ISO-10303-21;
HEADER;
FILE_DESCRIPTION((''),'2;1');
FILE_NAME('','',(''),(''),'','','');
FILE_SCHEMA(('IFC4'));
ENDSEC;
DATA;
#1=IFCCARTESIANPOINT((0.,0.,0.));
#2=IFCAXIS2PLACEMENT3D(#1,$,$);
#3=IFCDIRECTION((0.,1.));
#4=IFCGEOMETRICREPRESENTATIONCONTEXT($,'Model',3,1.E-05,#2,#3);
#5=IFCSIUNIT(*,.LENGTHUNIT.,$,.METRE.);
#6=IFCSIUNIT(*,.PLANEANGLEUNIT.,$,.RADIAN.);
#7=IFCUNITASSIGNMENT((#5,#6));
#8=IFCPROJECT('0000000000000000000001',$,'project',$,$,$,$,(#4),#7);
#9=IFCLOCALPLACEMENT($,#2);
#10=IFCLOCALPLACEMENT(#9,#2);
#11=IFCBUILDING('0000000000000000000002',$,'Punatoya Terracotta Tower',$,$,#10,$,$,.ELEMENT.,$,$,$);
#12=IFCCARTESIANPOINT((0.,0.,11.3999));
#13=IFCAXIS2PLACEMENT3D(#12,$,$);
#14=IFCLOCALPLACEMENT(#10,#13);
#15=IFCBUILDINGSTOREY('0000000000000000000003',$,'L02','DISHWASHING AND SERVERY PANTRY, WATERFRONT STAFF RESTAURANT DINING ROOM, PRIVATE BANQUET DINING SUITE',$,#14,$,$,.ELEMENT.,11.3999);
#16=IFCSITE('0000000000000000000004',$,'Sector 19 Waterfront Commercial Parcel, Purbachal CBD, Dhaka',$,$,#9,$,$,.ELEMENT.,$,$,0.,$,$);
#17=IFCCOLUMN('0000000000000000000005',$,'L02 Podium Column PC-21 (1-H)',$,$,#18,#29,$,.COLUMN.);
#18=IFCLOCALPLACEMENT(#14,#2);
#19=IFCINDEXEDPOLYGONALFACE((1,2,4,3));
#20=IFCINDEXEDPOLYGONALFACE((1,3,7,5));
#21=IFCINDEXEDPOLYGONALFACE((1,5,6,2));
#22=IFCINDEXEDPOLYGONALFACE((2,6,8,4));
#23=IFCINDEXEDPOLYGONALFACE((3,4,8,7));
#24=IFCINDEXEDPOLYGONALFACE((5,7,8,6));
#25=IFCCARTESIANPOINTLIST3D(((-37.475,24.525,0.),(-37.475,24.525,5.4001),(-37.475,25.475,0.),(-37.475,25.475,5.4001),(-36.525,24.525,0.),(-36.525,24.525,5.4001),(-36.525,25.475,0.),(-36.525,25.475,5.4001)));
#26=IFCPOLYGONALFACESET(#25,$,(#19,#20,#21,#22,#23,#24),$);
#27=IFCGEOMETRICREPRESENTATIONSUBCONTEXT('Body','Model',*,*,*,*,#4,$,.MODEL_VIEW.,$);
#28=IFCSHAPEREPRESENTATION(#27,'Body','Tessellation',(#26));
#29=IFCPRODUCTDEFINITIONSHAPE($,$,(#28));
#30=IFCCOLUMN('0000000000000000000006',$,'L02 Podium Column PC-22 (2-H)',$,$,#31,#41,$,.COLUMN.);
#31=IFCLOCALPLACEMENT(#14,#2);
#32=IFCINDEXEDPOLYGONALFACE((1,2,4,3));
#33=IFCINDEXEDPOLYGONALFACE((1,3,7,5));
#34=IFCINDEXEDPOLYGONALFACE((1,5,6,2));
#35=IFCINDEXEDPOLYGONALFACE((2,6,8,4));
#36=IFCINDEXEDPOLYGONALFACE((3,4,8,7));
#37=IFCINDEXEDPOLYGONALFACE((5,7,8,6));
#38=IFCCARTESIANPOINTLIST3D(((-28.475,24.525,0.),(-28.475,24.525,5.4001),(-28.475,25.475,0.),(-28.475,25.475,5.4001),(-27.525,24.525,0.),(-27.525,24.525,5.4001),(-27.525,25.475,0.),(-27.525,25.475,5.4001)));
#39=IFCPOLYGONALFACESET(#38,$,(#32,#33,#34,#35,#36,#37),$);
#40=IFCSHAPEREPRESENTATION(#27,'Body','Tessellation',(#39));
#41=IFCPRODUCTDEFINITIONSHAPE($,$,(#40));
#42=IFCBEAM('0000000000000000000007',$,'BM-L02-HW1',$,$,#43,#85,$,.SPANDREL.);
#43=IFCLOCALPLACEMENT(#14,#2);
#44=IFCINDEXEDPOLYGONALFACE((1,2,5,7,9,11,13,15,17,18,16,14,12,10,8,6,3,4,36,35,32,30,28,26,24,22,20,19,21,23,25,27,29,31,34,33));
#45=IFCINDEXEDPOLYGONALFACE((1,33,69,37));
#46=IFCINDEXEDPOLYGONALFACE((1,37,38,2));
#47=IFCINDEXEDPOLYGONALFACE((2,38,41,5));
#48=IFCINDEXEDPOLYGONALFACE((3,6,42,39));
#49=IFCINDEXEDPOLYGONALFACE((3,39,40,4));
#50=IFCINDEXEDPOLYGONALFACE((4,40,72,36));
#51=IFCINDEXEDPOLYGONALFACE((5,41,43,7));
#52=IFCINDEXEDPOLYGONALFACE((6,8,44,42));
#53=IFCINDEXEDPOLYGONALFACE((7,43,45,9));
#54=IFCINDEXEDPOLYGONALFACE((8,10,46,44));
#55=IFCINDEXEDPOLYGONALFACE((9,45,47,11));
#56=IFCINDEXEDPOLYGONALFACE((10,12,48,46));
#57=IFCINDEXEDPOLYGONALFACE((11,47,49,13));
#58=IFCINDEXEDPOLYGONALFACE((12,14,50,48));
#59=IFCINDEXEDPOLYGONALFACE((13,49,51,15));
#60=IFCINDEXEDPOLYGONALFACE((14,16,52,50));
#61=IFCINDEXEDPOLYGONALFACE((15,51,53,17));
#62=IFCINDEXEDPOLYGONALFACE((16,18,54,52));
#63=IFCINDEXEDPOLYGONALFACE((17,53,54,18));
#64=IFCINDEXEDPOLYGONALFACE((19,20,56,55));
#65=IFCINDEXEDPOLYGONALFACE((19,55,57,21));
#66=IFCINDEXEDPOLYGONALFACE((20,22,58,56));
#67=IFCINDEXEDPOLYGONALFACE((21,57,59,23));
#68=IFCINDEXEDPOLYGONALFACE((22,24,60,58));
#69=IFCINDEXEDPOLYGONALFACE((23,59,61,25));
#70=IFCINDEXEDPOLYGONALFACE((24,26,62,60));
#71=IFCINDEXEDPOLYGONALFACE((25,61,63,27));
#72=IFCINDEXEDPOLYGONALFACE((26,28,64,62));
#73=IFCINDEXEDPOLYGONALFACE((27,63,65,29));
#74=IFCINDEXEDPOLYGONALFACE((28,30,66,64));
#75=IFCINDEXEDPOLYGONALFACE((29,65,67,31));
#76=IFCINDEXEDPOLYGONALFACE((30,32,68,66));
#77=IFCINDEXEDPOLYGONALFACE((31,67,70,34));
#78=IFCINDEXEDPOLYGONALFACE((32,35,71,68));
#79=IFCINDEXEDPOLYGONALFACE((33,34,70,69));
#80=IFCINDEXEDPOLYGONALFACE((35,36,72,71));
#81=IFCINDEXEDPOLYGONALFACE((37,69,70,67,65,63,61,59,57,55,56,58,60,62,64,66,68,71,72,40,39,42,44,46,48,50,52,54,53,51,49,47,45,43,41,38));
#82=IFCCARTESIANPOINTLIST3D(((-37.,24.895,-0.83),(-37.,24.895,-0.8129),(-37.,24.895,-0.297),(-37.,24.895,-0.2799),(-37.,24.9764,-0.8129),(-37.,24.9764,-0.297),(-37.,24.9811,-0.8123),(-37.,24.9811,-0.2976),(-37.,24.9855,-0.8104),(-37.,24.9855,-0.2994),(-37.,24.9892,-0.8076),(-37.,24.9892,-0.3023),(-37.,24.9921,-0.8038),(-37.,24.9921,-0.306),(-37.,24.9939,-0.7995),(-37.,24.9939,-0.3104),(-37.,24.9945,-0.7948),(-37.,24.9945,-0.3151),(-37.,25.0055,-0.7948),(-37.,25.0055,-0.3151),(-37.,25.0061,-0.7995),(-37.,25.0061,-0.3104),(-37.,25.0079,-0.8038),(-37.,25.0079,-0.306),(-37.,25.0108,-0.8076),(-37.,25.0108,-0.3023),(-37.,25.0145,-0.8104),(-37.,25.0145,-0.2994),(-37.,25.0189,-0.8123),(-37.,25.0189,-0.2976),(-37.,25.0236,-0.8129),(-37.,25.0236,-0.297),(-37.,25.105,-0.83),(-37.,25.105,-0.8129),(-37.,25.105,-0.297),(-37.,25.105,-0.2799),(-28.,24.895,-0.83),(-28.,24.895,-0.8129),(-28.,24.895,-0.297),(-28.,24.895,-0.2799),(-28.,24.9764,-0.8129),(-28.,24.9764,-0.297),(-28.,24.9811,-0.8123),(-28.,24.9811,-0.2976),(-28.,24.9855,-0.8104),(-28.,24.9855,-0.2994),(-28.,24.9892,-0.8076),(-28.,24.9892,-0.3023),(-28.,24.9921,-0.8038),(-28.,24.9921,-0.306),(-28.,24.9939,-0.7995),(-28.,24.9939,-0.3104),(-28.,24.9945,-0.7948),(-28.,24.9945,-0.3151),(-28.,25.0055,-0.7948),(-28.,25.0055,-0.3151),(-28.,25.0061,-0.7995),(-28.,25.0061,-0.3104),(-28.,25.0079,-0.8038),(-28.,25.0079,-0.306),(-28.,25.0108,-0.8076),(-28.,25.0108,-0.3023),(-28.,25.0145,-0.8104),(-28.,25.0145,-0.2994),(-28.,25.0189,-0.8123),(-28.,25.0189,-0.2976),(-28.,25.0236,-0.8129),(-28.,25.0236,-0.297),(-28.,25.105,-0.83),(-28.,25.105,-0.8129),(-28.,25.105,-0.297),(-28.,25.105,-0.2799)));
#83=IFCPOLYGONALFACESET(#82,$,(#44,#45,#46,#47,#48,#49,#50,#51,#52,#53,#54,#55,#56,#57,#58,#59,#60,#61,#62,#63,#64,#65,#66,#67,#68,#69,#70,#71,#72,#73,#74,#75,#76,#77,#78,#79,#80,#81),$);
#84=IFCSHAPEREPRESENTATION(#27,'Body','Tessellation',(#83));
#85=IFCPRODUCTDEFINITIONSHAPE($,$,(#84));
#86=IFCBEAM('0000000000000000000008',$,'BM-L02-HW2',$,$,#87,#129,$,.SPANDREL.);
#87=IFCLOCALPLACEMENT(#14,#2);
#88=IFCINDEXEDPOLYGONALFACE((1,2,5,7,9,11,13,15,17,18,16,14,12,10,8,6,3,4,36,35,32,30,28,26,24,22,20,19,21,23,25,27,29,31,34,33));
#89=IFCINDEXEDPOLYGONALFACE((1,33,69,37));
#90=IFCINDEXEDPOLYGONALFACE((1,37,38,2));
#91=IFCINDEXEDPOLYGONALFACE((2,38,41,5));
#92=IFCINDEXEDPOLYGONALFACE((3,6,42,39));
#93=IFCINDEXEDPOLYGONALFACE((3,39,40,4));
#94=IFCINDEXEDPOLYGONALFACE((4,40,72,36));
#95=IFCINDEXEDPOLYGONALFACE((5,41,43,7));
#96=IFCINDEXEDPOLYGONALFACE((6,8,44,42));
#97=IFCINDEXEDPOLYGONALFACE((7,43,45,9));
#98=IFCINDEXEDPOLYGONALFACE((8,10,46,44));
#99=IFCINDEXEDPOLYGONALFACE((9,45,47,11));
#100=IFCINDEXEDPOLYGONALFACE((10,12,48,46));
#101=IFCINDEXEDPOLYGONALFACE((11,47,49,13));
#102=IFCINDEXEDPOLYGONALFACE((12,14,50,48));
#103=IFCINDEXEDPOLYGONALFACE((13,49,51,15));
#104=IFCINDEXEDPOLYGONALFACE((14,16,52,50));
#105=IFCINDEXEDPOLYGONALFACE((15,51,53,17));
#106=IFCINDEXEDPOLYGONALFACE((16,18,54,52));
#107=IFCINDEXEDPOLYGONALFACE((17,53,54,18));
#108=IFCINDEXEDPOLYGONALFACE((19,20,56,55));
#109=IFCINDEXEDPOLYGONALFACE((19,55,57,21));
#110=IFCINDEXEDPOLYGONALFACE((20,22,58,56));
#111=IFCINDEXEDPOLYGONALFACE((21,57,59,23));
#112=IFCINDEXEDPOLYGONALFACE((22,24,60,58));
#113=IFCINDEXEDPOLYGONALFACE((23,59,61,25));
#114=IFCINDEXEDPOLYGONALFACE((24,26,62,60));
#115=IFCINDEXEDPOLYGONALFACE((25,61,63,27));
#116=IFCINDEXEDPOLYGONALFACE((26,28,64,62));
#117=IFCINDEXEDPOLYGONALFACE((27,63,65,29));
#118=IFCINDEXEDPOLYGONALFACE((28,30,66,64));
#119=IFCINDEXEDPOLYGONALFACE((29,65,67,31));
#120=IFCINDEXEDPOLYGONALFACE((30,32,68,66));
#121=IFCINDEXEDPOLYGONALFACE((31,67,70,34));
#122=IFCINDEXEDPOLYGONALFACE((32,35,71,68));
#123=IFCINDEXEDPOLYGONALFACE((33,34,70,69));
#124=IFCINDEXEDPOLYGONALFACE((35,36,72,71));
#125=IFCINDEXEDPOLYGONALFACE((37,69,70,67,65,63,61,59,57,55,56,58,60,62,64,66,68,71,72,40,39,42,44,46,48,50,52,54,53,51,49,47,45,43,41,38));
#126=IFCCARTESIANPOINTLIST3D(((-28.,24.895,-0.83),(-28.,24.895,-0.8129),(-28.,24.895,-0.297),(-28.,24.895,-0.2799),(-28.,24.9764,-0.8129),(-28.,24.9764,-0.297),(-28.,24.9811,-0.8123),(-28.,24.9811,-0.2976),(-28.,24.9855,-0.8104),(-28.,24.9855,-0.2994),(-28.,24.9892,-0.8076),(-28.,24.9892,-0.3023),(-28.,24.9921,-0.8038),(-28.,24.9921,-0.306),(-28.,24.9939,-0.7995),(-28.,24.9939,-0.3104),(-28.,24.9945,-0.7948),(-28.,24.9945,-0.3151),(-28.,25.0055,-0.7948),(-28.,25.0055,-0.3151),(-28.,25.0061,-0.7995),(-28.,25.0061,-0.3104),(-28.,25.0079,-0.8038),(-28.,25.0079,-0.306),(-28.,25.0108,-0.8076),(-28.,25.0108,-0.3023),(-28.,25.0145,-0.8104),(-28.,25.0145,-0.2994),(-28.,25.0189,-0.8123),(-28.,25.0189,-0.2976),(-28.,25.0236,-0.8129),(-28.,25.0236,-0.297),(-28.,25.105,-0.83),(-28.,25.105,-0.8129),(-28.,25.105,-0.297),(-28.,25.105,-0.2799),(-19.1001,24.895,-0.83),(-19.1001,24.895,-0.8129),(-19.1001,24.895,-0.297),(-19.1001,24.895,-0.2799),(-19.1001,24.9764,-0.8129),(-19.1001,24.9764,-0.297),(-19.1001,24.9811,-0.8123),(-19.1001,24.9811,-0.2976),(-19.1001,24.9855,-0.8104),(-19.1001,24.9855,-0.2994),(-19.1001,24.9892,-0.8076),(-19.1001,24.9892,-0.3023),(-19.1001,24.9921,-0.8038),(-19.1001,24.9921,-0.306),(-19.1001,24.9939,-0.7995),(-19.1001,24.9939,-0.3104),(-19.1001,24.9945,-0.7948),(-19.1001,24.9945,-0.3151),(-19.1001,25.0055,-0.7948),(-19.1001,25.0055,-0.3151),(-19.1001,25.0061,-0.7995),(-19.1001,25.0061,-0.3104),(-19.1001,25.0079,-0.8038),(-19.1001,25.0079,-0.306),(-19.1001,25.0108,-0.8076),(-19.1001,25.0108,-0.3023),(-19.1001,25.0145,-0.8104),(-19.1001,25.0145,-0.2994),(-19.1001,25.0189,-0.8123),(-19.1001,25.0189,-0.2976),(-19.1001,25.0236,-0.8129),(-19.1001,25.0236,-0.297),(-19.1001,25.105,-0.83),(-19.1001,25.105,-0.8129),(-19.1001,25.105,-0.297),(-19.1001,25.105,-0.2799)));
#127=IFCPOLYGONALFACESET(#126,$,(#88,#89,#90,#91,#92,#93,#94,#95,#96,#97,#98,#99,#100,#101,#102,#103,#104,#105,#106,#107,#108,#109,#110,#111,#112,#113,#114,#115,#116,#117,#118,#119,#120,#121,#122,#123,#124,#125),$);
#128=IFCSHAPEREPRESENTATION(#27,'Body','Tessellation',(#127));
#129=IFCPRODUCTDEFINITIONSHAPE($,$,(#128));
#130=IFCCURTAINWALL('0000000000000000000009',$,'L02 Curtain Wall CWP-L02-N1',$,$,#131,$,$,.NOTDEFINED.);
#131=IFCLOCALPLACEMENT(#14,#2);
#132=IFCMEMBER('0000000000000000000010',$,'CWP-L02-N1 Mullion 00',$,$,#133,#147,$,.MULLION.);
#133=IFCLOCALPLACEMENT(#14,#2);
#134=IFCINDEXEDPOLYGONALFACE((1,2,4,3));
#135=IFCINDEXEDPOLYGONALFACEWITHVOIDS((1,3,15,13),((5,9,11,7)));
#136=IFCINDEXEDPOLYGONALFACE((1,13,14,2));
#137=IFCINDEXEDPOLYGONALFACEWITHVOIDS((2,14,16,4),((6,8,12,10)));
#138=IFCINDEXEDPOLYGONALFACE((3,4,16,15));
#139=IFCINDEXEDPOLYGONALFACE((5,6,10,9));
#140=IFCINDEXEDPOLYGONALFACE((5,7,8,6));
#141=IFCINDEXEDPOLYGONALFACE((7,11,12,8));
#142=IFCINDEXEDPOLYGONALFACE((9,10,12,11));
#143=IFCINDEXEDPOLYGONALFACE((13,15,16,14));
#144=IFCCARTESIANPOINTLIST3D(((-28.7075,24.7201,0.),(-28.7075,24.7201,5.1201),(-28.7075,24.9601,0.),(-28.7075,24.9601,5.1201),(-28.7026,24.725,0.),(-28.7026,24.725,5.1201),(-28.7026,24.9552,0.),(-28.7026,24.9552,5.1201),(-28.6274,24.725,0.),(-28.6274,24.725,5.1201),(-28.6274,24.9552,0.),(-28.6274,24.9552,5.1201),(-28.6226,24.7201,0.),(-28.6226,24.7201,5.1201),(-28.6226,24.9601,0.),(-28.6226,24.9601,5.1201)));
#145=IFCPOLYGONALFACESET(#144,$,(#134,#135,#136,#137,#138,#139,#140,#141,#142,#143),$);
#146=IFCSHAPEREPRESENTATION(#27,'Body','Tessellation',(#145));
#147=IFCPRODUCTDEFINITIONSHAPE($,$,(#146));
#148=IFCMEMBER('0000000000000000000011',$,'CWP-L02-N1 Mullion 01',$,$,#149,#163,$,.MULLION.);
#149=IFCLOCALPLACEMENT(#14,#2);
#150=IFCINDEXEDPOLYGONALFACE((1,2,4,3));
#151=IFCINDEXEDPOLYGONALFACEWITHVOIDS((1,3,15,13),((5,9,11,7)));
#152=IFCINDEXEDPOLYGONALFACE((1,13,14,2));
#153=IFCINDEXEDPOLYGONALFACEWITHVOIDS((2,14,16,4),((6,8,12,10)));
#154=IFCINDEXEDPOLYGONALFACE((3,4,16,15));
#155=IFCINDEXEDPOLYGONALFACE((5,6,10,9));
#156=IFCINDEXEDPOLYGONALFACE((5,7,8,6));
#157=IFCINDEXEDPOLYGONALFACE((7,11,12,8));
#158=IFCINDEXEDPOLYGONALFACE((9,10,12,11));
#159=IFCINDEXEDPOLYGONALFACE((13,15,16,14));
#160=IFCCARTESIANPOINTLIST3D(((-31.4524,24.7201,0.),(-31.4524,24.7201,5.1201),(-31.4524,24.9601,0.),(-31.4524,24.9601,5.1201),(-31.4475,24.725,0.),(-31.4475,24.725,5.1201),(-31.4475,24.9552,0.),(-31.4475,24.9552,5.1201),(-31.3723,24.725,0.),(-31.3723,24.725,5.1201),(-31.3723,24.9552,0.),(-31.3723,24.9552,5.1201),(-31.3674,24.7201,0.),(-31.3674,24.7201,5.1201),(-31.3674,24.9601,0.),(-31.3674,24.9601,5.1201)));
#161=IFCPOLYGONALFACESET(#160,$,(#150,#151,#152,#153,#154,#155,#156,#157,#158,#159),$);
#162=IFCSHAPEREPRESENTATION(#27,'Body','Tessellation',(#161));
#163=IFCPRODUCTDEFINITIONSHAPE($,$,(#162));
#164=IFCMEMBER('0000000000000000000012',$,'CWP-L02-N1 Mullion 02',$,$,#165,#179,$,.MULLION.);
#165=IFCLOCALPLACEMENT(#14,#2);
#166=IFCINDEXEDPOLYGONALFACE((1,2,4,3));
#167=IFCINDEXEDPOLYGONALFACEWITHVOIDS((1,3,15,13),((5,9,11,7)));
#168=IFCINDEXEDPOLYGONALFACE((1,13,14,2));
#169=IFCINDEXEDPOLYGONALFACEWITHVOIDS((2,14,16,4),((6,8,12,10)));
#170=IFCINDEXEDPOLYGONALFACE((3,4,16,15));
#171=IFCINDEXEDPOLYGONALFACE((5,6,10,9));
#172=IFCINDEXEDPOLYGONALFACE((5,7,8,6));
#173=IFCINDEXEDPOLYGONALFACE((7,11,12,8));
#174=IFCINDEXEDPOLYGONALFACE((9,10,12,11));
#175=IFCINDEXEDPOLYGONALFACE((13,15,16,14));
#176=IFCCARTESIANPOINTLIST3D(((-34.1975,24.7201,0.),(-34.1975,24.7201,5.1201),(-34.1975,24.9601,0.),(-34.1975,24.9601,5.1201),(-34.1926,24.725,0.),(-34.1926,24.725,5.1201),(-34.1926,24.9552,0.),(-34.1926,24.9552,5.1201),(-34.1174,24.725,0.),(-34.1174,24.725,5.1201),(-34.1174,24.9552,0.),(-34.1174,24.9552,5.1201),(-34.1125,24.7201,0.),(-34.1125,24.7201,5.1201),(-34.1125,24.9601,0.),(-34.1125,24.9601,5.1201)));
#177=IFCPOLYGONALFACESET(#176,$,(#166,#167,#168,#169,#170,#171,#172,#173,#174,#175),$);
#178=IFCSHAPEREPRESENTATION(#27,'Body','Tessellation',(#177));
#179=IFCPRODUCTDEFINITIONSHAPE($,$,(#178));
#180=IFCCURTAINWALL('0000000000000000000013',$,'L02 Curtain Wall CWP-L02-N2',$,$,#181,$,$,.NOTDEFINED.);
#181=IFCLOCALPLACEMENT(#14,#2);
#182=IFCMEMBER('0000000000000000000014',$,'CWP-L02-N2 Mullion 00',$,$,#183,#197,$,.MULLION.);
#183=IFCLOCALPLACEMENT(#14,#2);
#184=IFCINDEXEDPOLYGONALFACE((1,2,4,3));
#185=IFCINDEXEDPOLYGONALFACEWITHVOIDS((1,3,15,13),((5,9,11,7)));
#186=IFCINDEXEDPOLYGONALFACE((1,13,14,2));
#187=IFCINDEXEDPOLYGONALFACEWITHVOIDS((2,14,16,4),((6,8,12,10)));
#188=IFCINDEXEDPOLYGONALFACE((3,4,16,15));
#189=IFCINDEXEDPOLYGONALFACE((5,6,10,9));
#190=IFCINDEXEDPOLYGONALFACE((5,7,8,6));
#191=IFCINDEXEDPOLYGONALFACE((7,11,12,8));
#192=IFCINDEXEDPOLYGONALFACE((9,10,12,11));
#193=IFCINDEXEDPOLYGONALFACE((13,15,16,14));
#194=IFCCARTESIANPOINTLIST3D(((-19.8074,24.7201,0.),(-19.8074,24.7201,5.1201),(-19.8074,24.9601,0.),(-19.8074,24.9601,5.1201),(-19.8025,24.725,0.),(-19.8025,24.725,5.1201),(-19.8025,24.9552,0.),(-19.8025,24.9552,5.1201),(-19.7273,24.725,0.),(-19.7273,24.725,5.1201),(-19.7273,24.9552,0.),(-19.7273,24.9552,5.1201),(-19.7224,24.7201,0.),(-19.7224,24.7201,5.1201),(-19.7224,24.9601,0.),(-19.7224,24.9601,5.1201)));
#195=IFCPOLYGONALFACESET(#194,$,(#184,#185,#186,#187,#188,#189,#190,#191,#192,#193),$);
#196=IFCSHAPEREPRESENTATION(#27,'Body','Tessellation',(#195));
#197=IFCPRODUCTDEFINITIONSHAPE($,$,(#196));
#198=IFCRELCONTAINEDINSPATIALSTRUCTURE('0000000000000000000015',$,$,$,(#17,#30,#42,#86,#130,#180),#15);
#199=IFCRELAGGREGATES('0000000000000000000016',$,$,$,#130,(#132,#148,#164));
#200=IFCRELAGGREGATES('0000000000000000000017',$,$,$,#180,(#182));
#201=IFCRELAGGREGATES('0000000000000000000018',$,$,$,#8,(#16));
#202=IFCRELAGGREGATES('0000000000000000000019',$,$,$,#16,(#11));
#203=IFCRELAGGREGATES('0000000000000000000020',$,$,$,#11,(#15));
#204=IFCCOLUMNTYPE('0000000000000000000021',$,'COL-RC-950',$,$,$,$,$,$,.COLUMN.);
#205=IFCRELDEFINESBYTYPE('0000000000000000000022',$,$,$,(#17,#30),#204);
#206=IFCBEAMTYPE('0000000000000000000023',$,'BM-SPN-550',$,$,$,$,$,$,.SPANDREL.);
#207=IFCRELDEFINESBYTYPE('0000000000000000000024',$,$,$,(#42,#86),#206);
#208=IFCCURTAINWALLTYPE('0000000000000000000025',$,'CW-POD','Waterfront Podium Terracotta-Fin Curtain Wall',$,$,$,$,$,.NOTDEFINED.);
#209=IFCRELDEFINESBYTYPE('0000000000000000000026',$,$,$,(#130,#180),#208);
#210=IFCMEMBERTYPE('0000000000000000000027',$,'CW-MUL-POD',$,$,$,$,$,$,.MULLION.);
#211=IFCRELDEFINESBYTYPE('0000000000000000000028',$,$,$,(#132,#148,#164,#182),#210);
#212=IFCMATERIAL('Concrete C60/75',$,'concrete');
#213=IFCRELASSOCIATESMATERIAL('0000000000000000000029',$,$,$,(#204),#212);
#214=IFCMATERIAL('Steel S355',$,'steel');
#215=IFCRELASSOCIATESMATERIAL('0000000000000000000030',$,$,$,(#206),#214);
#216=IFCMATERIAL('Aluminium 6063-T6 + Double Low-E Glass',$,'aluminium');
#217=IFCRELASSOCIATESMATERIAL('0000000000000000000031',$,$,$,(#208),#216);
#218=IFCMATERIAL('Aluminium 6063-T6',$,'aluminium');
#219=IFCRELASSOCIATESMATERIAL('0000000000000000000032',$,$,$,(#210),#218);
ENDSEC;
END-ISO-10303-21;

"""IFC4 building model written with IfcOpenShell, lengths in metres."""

from ifc_helpers import new_model, si_unit, direction, frame, origin, origin_2d, place, context, subcontext, project, spatial, rectangle, hollow_rectangle, i_section, extrude, material, material_profile, profile_set, type_object, element, aggregate, save


model = new_model("IFC4")

# Units and contexts
model_context = context("Model", 3, precision=1e-05, world=origin(), true_north=direction((0.0, 1.0)))
body_context = subcontext(model_context, "Body", "Model", "MODEL_VIEW")
ifc_project = project(units=[si_unit("LENGTHUNIT", "METRE"), si_unit("PLANEANGLEUNIT", "RADIAN")], contexts=[model_context])

# Site, building, storey
site_placement = place(None, origin())
site = spatial("IfcSite", under=ifc_project, at=site_placement, Name="Sector 19 Waterfront Commercial Parcel, Purbachal CBD, Dhaka", CompositionType="ELEMENT", RefElevation=0.0)
building_placement = place(site_placement, origin())
building = spatial("IfcBuilding", under=site, at=building_placement, Name="Punatoya Terracotta Tower", CompositionType="ELEMENT")
storey_placement = place(building_placement, frame((0.0, 0.0, 11.3999)))
storey = spatial("IfcBuildingStorey", under=building, at=storey_placement, Name="L02", Description="DISHWASHING AND SERVERY PANTRY, WATERFRONT STAFF RESTAURANT DINING ROOM, PRIVATE BANQUET DINING SUITE", CompositionType="ELEMENT", Elevation=11.3999)

# Columns
ifc_material_1 = material(Name="Concrete C60/75", Category="concrete")
ifc_material_profile_1 = material_profile(ifc_material_1, rectangle(XDim=0.95, YDim=0.95, at=origin_2d()))
ifc_profile_set_1 = profile_set([ifc_material_profile_1], Name="Concrete C60/75")
column_type = type_object("IfcColumnType", Name="COL-RC-950", PredefinedType="COLUMN", material=ifc_profile_set_1)
for number, where, z_axis, x_axis, name in (
    (1, (-37.0, 25.0, 0.0), (0.0, 0.0, 1.0), (1.0, 0.0, 0.0), "L02 Podium Column PC-21 (1-H)"),
    (2, (-28.0, 25.0, 0.0), (0.0, 0.0, 1.0), (1.0, 0.0, 0.0), "L02 Podium Column PC-22 (2-H)"),
):
    element("IfcColumn", number, at=place(storey_placement, frame(where, z_axis=z_axis, x_axis=x_axis)), inside=storey, type_object=column_type, Name=name, PredefinedType="COLUMN", context=body_context, shape_type="SweptSolid", body=[
        extrude(rectangle(XDim=0.95, YDim=0.95, at=origin_2d()), origin(), (0.0, 0.0, 1.0), 5.4001),
    ])

# Beams
ifc_material_2 = material(Name="Steel S355", Category="steel")
ifc_material_profile_2 = material_profile(ifc_material_2, i_section(OverallWidth=0.21, OverallDepth=0.55, WebThickness=0.011, FlangeThickness=0.0171, FilletRadius=0.0181, at=origin_2d()))
ifc_profile_set_2 = profile_set([ifc_material_profile_2], Name="Steel S355")
beam_type = type_object("IfcBeamType", Name="BM-SPN-550", PredefinedType="SPANDREL", material=ifc_profile_set_2)
beam_1_placement = place(storey_placement, frame((-37.0, 25.0, -0.5549), z_axis=(1.0, 0.0, 0.0), x_axis=(0.0, 1.0, 0.0)))
element("IfcBeam", 3, at=beam_1_placement, inside=storey, type_object=beam_type, Name="BM-L02-HW1", PredefinedType="SPANDREL", context=body_context, shape_type="SweptSolid", body=[
    extrude(i_section(OverallWidth=0.21, OverallDepth=0.55, WebThickness=0.011, FlangeThickness=0.0171, FilletRadius=0.0181, at=origin_2d()), origin(), (0.0, 0.0, 1.0), 9.0),
])
beam_2_placement = place(storey_placement, frame((-28.0, 25.0, -0.5549), z_axis=(1.0, 0.0, 0.0), x_axis=(0.0, 1.0, 0.0)))
element("IfcBeam", 4, at=beam_2_placement, inside=storey, type_object=beam_type, Name="BM-L02-HW2", PredefinedType="SPANDREL", context=body_context, shape_type="SweptSolid", body=[
    extrude(i_section(OverallWidth=0.21, OverallDepth=0.55, WebThickness=0.011, FlangeThickness=0.0171, FilletRadius=0.0181, at=origin_2d()), origin(), (0.0, 0.0, 1.0), 8.8999),
])

# Curtain walls, members
ifc_material_3 = material(Name="Aluminium 6063-T6 + Double Low-E Glass", Category="aluminium")
curtain_wall_type = type_object("IfcCurtainWallType", Name="CW-POD", Description="Waterfront Podium Terracotta-Fin Curtain Wall", PredefinedType="NOTDEFINED", material=ifc_material_3)
curtain_wall_1_placement = place(storey_placement, origin())
curtain_wall_1 = element("IfcCurtainWall", 5, at=curtain_wall_1_placement, inside=storey, type_object=curtain_wall_type, Name="L02 Curtain Wall CWP-L02-N1", PredefinedType="NOTDEFINED")
ifc_material_4 = material(Name="Aluminium 6063-T6", Category="aluminium")
ifc_material_profile_3 = material_profile(ifc_material_4, hollow_rectangle(XDim=0.085, YDim=0.24, WallThickness=0.0049, at=origin_2d()))
ifc_profile_set_3 = profile_set([ifc_material_profile_3], Name="Aluminium 6063-T6")
member_type_1 = type_object("IfcMemberType", Name="CW-MUL-POD", PredefinedType="MULLION", material=ifc_profile_set_3)
member_1_placement = place(storey_placement, frame((-28.665, 24.8401, 0.0), z_axis=(0.0, 0.0, 1.0), x_axis=(1.0, 0.0, 0.0)))
member_1 = element("IfcMember", 6, at=member_1_placement, type_object=member_type_1, Name="CWP-L02-N1 Mullion 00", PredefinedType="MULLION", context=body_context, shape_type="SweptSolid", body=[
    extrude(hollow_rectangle(XDim=0.085, YDim=0.24, WallThickness=0.0049, at=origin_2d()), origin(), (0.0, 0.0, 1.0), 5.1201),
])
member_2_placement = place(storey_placement, frame((-31.4099, 24.8401, 0.0), z_axis=(0.0, 0.0, 1.0), x_axis=(1.0, 0.0, 0.0)))
member_2 = element("IfcMember", 7, at=member_2_placement, type_object=member_type_1, Name="CWP-L02-N1 Mullion 01", PredefinedType="MULLION", context=body_context, shape_type="SweptSolid", body=[
    extrude(hollow_rectangle(XDim=0.085, YDim=0.24, WallThickness=0.0049, at=origin_2d()), origin(), (0.0, 0.0, 1.0), 5.1201),
])
member_3_placement = place(storey_placement, frame((-34.155, 24.8401, 0.0), z_axis=(0.0, 0.0, 1.0), x_axis=(1.0, 0.0, 0.0)))
member_3 = element("IfcMember", 8, at=member_3_placement, type_object=member_type_1, Name="CWP-L02-N1 Mullion 02", PredefinedType="MULLION", context=body_context, shape_type="SweptSolid", body=[
    extrude(hollow_rectangle(XDim=0.085, YDim=0.24, WallThickness=0.0049, at=origin_2d()), origin(), (0.0, 0.0, 1.0), 5.1201),
])
curtain_wall_2_placement = place(storey_placement, origin())
curtain_wall_2 = element("IfcCurtainWall", 9, at=curtain_wall_2_placement, inside=storey, type_object=curtain_wall_type, Name="L02 Curtain Wall CWP-L02-N2", PredefinedType="NOTDEFINED")
member_4_placement = place(storey_placement, frame((-19.7649, 24.8401, 0.0), z_axis=(0.0, 0.0, 1.0), x_axis=(1.0, 0.0, 0.0)))
member_4 = element("IfcMember", 10, at=member_4_placement, type_object=member_type_1, Name="CWP-L02-N2 Mullion 00", PredefinedType="MULLION", context=body_context, shape_type="SweptSolid", body=[
    extrude(hollow_rectangle(XDim=0.085, YDim=0.24, WallThickness=0.0049, at=origin_2d()), origin(), (0.0, 0.0, 1.0), 5.1201),
])

aggregate(curtain_wall_1, [member_1, member_2, member_3])
aggregate(curtain_wall_2, [member_4])

save(model, "model.ifc")
